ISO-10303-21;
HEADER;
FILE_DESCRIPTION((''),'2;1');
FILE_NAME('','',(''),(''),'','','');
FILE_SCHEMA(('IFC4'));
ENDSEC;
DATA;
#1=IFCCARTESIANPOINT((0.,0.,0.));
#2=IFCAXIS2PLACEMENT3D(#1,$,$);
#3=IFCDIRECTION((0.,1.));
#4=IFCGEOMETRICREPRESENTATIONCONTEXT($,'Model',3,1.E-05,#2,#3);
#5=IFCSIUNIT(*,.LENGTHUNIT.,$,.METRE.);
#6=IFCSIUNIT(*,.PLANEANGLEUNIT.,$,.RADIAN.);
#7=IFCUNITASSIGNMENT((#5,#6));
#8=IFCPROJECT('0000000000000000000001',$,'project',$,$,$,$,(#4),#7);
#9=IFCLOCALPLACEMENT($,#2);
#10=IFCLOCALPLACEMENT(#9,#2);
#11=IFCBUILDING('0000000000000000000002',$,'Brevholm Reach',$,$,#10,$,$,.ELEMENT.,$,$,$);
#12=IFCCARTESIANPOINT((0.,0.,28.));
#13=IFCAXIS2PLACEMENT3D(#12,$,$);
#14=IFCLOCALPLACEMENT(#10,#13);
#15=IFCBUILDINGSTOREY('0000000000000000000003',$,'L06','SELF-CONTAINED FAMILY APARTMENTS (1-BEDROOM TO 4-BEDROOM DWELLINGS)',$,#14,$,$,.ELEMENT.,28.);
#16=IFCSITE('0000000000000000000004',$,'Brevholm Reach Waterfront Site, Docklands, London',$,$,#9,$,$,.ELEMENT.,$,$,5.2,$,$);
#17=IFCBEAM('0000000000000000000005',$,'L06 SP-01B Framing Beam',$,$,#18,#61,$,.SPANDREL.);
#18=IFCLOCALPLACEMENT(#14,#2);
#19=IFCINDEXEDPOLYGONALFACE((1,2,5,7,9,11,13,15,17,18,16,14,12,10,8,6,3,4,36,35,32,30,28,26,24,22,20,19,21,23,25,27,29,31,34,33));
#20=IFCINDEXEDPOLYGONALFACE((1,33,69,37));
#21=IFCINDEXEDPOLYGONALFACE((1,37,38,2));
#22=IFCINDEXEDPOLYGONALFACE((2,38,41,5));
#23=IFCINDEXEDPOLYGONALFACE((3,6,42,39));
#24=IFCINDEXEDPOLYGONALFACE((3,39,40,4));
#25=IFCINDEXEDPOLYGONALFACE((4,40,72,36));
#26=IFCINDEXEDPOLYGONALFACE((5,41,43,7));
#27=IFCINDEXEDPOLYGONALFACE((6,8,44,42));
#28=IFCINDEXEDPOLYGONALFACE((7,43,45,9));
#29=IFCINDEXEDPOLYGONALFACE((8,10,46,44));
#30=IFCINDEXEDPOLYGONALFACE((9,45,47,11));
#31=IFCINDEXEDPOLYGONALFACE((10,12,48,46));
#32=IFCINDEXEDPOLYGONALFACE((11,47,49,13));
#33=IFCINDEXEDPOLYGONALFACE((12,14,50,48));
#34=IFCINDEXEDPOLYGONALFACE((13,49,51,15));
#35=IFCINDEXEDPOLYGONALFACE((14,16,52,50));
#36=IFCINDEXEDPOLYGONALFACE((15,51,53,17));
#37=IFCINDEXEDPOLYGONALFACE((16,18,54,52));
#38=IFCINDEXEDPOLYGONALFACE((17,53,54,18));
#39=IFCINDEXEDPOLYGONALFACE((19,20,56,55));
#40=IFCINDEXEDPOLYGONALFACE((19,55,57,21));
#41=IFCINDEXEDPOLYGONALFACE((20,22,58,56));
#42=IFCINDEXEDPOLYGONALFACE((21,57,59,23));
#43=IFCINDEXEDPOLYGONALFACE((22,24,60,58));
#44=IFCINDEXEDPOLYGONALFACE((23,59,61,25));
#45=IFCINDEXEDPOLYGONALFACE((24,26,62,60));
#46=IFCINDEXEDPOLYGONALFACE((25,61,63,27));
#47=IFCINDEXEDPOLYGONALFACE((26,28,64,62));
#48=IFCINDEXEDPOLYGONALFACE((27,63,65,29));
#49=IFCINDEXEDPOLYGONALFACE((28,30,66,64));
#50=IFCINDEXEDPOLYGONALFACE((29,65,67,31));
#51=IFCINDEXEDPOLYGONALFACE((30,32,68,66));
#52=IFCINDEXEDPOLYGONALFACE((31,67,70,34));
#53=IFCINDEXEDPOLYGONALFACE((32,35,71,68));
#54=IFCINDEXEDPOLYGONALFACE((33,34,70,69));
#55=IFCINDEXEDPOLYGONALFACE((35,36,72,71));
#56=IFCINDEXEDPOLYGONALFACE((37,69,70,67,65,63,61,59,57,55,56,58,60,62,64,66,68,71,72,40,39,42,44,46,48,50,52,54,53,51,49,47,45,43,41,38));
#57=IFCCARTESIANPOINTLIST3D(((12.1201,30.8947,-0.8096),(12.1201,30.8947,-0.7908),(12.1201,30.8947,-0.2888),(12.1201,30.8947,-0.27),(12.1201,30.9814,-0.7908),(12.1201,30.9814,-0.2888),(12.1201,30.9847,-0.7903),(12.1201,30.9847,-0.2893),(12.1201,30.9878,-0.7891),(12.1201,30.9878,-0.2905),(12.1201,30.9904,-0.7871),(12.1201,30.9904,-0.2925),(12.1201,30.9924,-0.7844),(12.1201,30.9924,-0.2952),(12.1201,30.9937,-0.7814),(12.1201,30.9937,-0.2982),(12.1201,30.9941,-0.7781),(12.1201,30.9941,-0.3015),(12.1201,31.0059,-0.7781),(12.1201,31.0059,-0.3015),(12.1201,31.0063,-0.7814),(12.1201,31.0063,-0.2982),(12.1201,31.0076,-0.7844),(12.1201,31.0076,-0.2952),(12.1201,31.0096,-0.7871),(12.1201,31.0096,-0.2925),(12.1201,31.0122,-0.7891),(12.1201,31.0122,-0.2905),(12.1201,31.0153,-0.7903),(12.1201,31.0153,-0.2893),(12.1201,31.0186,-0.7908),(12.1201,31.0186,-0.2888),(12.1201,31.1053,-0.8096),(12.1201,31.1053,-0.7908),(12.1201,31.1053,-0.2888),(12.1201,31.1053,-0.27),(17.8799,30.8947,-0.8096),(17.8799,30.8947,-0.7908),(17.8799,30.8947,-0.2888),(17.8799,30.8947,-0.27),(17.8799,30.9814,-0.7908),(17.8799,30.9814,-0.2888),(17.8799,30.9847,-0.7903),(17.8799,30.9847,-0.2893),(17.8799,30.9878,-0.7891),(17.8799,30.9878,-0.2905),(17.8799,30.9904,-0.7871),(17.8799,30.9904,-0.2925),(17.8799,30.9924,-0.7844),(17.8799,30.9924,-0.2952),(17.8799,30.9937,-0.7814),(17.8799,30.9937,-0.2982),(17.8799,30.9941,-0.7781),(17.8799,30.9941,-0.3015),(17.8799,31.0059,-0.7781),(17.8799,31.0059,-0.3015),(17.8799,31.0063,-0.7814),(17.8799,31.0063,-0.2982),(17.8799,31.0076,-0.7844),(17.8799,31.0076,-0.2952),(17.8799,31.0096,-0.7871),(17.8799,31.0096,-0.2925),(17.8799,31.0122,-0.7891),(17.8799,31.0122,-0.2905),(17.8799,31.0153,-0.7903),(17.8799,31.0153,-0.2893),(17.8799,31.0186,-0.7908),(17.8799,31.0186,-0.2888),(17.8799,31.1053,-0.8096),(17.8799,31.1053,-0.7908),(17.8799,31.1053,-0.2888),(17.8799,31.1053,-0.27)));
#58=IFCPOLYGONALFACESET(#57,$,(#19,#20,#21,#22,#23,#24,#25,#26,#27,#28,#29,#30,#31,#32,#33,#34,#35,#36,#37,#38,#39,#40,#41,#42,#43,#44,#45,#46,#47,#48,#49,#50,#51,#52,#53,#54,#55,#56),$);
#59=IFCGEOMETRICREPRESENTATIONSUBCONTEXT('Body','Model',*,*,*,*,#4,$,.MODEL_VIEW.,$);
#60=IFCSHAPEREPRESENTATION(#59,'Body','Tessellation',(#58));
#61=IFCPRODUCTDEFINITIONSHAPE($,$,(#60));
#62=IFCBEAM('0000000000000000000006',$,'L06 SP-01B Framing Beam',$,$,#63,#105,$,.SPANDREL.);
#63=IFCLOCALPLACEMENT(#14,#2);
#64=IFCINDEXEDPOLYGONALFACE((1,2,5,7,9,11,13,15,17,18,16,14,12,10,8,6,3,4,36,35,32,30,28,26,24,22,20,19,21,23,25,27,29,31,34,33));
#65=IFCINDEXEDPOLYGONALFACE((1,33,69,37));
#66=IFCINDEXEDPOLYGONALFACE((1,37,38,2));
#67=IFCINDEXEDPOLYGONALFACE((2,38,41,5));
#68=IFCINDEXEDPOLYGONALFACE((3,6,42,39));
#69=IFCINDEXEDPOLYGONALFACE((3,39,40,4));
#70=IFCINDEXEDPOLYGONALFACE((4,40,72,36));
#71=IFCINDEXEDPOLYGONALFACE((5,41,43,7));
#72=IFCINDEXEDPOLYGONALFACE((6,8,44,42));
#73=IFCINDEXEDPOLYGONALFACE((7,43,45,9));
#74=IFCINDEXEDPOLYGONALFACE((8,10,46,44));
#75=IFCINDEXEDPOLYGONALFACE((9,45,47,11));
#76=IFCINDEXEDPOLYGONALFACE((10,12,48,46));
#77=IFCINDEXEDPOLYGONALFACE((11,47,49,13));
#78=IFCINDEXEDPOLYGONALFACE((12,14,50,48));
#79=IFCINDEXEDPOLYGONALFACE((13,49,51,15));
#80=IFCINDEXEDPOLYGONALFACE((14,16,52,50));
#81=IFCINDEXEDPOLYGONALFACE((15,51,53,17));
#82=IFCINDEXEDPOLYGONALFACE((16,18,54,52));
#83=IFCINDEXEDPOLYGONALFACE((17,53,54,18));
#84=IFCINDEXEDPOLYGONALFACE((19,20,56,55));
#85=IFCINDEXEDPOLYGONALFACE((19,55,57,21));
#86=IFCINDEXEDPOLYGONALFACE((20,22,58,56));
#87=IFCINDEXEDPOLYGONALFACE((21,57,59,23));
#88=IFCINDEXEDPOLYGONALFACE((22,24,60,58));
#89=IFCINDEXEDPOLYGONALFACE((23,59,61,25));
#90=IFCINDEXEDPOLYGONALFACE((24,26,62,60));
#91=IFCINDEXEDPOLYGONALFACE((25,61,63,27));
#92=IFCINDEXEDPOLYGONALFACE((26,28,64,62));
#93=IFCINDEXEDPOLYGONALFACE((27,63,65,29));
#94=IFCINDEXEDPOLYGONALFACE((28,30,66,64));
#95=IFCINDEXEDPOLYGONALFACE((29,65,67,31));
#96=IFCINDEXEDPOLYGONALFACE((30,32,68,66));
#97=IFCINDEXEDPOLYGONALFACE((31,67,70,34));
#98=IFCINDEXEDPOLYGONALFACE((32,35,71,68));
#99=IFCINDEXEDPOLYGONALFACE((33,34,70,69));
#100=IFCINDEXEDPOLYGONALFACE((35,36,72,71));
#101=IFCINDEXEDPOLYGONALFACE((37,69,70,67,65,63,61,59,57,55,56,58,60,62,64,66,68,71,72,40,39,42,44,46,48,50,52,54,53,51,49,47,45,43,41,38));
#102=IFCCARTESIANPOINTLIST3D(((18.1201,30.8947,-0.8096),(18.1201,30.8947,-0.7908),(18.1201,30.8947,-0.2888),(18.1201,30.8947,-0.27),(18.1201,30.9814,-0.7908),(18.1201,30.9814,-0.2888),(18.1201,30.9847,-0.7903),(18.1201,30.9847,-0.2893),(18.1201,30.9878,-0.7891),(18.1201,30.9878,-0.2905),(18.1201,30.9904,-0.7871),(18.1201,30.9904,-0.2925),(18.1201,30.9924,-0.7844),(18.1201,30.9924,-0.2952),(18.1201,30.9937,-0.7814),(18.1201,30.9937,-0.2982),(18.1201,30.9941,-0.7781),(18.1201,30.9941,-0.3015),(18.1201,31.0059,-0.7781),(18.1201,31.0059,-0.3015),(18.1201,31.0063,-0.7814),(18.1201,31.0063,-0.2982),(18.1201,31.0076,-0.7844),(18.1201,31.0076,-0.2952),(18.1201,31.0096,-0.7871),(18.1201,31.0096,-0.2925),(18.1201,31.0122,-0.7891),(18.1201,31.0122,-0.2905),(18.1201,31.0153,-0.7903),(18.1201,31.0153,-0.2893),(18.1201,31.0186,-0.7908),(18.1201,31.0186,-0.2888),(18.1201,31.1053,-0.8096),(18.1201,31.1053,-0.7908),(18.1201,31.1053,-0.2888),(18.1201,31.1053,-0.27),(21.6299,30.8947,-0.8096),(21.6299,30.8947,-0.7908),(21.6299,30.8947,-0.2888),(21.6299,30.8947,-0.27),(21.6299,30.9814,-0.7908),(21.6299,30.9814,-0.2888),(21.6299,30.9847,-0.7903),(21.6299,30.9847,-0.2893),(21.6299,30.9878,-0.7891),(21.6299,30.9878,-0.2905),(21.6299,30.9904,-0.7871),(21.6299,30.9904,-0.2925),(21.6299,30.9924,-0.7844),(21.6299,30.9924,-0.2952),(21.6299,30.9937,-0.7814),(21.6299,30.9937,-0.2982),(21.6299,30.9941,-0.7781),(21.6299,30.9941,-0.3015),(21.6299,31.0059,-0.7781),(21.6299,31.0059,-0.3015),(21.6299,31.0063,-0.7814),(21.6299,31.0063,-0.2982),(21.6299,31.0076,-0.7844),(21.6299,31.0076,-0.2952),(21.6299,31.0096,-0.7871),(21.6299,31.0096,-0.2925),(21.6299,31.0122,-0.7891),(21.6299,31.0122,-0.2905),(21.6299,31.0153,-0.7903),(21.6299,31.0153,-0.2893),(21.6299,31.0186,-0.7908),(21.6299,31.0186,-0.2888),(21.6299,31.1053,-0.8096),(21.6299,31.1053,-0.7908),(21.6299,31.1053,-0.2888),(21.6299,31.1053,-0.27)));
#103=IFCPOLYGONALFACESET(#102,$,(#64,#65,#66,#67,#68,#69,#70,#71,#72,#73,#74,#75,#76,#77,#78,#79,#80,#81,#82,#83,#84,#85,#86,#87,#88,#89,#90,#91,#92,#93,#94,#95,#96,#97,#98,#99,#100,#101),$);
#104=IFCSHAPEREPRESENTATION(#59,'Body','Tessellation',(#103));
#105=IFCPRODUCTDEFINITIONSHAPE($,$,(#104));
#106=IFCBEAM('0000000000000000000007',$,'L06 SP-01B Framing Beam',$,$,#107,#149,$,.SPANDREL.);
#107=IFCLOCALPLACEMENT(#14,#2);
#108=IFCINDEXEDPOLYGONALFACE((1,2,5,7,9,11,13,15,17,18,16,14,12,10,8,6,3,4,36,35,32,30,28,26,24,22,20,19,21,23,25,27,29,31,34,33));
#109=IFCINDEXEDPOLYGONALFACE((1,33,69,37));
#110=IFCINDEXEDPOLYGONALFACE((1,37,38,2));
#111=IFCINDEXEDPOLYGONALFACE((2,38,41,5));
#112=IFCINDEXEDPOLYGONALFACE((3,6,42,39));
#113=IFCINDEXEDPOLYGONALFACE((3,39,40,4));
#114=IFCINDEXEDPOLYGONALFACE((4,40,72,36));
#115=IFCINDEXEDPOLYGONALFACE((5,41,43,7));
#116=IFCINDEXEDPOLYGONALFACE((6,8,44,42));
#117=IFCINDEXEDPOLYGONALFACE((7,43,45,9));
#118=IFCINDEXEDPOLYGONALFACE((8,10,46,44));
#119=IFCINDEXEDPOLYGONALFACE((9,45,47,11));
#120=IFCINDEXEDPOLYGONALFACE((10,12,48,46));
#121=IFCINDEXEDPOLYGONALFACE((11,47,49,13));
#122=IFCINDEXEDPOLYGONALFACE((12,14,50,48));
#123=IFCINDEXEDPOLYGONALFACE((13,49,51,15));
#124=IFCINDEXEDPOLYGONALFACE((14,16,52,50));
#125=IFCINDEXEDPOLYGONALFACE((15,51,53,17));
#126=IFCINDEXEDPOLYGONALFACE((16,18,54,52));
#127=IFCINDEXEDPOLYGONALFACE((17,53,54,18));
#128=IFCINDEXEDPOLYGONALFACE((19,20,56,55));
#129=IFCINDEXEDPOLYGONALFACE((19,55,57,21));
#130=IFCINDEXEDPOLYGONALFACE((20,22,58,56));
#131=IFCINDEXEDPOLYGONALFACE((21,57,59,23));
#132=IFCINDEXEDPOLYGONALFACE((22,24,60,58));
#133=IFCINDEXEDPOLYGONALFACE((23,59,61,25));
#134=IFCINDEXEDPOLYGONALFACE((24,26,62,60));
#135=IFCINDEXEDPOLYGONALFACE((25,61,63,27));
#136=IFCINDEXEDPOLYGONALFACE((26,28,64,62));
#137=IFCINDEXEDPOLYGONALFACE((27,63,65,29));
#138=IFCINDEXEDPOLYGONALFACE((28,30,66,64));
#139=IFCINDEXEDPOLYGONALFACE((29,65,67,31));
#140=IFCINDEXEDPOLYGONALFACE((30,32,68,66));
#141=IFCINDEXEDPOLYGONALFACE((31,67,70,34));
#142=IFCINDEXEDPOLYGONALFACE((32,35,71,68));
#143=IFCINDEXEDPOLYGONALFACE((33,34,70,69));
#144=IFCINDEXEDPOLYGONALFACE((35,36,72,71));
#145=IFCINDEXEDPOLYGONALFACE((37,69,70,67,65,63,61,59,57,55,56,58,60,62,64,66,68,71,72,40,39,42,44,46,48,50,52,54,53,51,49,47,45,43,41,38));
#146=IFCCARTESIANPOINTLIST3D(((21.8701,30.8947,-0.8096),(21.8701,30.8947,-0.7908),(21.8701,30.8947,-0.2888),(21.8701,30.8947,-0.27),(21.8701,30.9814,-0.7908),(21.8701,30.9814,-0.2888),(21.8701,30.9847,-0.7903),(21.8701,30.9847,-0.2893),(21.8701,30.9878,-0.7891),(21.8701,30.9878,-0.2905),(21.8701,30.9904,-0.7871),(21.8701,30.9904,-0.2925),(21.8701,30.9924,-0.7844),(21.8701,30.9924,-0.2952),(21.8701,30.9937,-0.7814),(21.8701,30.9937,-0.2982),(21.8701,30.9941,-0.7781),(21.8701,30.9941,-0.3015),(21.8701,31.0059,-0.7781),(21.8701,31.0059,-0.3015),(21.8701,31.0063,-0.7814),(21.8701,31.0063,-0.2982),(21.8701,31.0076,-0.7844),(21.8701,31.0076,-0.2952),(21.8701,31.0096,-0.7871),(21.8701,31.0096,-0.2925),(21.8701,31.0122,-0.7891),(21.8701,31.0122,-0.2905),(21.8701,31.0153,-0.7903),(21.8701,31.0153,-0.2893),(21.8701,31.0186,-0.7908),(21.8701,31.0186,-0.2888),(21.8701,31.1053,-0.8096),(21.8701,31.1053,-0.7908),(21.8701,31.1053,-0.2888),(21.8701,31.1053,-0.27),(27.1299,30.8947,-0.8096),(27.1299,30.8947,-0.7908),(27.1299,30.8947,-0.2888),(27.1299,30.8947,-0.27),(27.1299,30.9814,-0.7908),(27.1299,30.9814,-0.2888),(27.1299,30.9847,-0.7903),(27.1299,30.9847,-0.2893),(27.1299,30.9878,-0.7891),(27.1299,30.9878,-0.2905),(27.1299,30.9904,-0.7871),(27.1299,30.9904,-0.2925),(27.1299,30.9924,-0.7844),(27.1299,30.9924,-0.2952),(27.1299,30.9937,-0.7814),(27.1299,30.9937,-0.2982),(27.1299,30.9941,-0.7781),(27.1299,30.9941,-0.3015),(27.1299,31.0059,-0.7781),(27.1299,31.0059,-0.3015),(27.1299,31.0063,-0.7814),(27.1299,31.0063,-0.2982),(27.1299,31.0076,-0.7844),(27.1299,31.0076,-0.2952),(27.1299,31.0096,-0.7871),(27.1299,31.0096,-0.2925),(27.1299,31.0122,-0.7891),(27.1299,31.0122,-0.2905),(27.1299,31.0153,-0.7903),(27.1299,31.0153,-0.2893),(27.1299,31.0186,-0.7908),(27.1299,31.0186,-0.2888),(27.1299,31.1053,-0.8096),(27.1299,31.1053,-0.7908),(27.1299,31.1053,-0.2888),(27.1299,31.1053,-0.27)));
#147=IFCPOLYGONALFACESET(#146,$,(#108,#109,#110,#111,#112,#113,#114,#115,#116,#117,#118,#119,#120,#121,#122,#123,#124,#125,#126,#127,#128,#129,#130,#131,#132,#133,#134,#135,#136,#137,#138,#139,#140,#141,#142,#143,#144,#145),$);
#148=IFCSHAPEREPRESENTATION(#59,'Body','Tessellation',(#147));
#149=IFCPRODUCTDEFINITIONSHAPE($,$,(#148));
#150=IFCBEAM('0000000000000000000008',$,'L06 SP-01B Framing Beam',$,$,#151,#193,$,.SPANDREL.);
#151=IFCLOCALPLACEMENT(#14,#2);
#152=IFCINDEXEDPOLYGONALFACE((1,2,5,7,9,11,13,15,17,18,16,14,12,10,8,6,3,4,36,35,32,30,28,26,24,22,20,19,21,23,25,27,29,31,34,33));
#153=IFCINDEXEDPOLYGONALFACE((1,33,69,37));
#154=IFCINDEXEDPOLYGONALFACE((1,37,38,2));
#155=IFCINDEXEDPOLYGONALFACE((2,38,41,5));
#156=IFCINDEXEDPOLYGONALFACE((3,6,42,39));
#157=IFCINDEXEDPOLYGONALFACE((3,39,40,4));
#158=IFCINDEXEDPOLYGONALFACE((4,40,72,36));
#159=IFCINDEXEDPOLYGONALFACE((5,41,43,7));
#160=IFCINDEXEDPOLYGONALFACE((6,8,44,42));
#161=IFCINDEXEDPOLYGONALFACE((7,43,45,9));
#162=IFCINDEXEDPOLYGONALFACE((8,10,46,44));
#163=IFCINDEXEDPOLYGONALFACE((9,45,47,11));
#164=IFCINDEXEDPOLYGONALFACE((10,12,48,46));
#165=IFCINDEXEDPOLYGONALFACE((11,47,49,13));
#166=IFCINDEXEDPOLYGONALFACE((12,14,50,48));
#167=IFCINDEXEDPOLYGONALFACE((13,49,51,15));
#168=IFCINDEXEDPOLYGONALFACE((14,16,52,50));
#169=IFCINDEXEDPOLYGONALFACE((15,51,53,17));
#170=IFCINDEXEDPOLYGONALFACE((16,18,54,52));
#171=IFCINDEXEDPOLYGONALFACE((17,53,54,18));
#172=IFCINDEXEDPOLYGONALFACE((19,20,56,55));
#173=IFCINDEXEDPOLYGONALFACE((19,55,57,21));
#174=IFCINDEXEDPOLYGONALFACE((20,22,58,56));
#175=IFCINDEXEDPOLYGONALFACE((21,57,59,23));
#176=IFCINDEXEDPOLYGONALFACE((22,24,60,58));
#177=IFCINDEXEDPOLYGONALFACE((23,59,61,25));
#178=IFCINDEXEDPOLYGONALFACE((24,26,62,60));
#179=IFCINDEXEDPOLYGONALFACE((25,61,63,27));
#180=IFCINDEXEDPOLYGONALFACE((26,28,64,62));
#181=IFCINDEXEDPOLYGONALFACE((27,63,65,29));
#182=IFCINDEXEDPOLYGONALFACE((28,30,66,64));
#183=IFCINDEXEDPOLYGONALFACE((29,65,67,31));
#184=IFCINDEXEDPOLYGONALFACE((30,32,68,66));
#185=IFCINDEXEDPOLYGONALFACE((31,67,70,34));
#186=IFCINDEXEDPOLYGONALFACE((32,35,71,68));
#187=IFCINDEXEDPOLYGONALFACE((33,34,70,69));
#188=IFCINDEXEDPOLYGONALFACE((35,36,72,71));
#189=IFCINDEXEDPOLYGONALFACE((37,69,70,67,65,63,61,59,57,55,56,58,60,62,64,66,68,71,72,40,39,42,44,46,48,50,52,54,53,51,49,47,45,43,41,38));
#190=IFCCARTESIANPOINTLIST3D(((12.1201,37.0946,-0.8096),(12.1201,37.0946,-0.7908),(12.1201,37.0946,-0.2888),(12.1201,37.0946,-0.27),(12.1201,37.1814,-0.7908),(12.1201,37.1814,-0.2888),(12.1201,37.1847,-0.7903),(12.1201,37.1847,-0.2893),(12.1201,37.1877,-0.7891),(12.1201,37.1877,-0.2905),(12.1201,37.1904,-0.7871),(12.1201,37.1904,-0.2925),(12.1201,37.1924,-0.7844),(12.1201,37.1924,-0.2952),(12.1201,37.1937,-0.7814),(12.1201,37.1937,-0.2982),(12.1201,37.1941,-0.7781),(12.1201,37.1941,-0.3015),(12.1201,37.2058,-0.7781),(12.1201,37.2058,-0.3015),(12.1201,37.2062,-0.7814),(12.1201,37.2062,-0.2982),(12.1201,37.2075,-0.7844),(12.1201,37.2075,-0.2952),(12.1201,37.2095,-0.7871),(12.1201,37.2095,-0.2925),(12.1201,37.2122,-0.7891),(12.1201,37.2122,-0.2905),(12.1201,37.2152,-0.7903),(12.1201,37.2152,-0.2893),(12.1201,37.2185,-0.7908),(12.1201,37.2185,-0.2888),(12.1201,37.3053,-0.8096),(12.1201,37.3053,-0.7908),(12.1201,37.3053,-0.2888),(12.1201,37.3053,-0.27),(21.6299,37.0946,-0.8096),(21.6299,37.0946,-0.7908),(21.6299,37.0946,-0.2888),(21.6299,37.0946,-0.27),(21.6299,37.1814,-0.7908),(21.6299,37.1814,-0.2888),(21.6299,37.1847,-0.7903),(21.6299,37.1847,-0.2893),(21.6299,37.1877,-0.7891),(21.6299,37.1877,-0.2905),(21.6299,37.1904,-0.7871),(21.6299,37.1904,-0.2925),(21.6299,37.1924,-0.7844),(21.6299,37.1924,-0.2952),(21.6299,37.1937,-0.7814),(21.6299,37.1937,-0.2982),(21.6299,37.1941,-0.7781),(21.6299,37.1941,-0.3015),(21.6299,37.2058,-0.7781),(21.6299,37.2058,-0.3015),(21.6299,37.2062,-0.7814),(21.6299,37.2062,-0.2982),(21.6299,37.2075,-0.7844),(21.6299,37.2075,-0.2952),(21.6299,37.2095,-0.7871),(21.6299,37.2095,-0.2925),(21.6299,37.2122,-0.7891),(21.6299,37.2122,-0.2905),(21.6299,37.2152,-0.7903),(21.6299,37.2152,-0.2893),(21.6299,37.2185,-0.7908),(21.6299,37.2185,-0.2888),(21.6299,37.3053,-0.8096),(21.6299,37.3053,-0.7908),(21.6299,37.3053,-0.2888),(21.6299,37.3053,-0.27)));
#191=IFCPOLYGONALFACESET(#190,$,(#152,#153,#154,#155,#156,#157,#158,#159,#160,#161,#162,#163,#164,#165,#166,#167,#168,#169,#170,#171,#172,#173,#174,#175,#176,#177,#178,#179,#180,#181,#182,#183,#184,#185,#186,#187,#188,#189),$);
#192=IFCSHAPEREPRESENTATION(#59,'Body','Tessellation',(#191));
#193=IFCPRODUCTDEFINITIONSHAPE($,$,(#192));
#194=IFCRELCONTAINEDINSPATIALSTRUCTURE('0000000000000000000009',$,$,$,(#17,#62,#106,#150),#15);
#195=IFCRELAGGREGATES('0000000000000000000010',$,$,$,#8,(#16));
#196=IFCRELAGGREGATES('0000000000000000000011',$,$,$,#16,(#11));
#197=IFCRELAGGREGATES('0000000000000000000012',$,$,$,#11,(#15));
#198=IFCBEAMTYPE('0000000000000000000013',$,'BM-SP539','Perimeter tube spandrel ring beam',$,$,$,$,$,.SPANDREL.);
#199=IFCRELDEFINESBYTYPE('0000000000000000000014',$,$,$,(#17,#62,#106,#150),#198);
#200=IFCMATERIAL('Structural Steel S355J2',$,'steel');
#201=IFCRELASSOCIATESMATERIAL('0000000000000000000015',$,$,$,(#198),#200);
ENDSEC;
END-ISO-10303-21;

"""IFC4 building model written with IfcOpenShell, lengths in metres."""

from ifc_helpers import new_model, si_unit, direction, frame, origin, origin_2d, place, context, subcontext, project, spatial, i_section, extrude, material, material_profile, profile_set, type_object, element, save


model = new_model("IFC4")

# Units and contexts
model_context = context("Model", 3, precision=1e-05, world=origin(), true_north=direction((0.0, 1.0)))
body_context = subcontext(model_context, "Body", "Model", "MODEL_VIEW")
ifc_project = project(units=[si_unit("LENGTHUNIT", "METRE"), si_unit("PLANEANGLEUNIT", "RADIAN")], contexts=[model_context])

# Site, building, storey
site_placement = place(None, origin())
site = spatial("IfcSite", under=ifc_project, at=site_placement, Name="Brevholm Reach Waterfront Site, Docklands, London", CompositionType="ELEMENT", RefElevation=5.2)
building_placement = place(site_placement, origin())
building = spatial("IfcBuilding", under=site, at=building_placement, Name="Brevholm Reach", CompositionType="ELEMENT")
storey_placement = place(building_placement, frame((0.0, 0.0, 28.0)))
storey = spatial("IfcBuildingStorey", under=building, at=storey_placement, Name="L06", Description="SELF-CONTAINED FAMILY APARTMENTS (1-BEDROOM TO 4-BEDROOM DWELLINGS)", CompositionType="ELEMENT", Elevation=28.0)

# Beams
ifc_material_1 = material(Name="Structural Steel S355J2", Category="steel")
ifc_material_profile_1 = material_profile(ifc_material_1, i_section(OverallWidth=0.2107, OverallDepth=0.5396, WebThickness=0.0117, FlangeThickness=0.0188, FilletRadius=0.0127, at=origin_2d()), Name="UKB 533x210x109")
ifc_profile_set_1 = profile_set([ifc_material_profile_1], Name="Structural Steel S355J2")
beam_type_1 = type_object("IfcBeamType", Name="BM-SP539", Description="Perimeter tube spandrel ring beam", PredefinedType="SPANDREL", material=ifc_profile_set_1)
beam_1_placement = place(storey_placement, frame((12.1201, 31.0, -0.5398), z_axis=(1.0, 0.0, 0.0), x_axis=(0.0, 1.0, 0.0)))
element("IfcBeam", 1, at=beam_1_placement, inside=storey, type_object=beam_type_1, Name="L06 SP-01B Framing Beam", PredefinedType="SPANDREL", context=body_context, shape_type="SweptSolid", body=[
    extrude(i_section(OverallWidth=0.2107, OverallDepth=0.5396, WebThickness=0.0117, FlangeThickness=0.0188, FilletRadius=0.0127, at=origin_2d()), origin(), (0.0, 0.0, 1.0), 5.7598),
])
beam_2_placement = place(storey_placement, frame((18.1201, 31.0, -0.5398), z_axis=(1.0, 0.0, 0.0), x_axis=(0.0, 1.0, 0.0)))
element("IfcBeam", 2, at=beam_2_placement, inside=storey, type_object=beam_type_1, Name="L06 SP-01B Framing Beam", PredefinedType="SPANDREL", context=body_context, shape_type="SweptSolid", body=[
    extrude(i_section(OverallWidth=0.2107, OverallDepth=0.5396, WebThickness=0.0117, FlangeThickness=0.0188, FilletRadius=0.0127, at=origin_2d()), origin(), (0.0, 0.0, 1.0), 3.5098),
])
beam_3_placement = place(storey_placement, frame((21.8701, 31.0, -0.5398), z_axis=(1.0, 0.0, 0.0), x_axis=(0.0, 1.0, 0.0)))
element("IfcBeam", 3, at=beam_3_placement, inside=storey, type_object=beam_type_1, Name="L06 SP-01B Framing Beam", PredefinedType="SPANDREL", context=body_context, shape_type="SweptSolid", body=[
    extrude(i_section(OverallWidth=0.2107, OverallDepth=0.5396, WebThickness=0.0117, FlangeThickness=0.0188, FilletRadius=0.0127, at=origin_2d()), origin(), (0.0, 0.0, 1.0), 5.2598),
])
beam_4_placement = place(storey_placement, frame((12.1201, 37.2, -0.5398), z_axis=(1.0, 0.0, 0.0), x_axis=(0.0, 1.0, 0.0)))
element("IfcBeam", 4, at=beam_4_placement, inside=storey, type_object=beam_type_1, Name="L06 SP-01B Framing Beam", PredefinedType="SPANDREL", context=body_context, shape_type="SweptSolid", body=[
    extrude(i_section(OverallWidth=0.2107, OverallDepth=0.5396, WebThickness=0.0117, FlangeThickness=0.0188, FilletRadius=0.0127, at=origin_2d()), origin(), (0.0, 0.0, 1.0), 9.5098),
])

save(model, "model.ifc")
